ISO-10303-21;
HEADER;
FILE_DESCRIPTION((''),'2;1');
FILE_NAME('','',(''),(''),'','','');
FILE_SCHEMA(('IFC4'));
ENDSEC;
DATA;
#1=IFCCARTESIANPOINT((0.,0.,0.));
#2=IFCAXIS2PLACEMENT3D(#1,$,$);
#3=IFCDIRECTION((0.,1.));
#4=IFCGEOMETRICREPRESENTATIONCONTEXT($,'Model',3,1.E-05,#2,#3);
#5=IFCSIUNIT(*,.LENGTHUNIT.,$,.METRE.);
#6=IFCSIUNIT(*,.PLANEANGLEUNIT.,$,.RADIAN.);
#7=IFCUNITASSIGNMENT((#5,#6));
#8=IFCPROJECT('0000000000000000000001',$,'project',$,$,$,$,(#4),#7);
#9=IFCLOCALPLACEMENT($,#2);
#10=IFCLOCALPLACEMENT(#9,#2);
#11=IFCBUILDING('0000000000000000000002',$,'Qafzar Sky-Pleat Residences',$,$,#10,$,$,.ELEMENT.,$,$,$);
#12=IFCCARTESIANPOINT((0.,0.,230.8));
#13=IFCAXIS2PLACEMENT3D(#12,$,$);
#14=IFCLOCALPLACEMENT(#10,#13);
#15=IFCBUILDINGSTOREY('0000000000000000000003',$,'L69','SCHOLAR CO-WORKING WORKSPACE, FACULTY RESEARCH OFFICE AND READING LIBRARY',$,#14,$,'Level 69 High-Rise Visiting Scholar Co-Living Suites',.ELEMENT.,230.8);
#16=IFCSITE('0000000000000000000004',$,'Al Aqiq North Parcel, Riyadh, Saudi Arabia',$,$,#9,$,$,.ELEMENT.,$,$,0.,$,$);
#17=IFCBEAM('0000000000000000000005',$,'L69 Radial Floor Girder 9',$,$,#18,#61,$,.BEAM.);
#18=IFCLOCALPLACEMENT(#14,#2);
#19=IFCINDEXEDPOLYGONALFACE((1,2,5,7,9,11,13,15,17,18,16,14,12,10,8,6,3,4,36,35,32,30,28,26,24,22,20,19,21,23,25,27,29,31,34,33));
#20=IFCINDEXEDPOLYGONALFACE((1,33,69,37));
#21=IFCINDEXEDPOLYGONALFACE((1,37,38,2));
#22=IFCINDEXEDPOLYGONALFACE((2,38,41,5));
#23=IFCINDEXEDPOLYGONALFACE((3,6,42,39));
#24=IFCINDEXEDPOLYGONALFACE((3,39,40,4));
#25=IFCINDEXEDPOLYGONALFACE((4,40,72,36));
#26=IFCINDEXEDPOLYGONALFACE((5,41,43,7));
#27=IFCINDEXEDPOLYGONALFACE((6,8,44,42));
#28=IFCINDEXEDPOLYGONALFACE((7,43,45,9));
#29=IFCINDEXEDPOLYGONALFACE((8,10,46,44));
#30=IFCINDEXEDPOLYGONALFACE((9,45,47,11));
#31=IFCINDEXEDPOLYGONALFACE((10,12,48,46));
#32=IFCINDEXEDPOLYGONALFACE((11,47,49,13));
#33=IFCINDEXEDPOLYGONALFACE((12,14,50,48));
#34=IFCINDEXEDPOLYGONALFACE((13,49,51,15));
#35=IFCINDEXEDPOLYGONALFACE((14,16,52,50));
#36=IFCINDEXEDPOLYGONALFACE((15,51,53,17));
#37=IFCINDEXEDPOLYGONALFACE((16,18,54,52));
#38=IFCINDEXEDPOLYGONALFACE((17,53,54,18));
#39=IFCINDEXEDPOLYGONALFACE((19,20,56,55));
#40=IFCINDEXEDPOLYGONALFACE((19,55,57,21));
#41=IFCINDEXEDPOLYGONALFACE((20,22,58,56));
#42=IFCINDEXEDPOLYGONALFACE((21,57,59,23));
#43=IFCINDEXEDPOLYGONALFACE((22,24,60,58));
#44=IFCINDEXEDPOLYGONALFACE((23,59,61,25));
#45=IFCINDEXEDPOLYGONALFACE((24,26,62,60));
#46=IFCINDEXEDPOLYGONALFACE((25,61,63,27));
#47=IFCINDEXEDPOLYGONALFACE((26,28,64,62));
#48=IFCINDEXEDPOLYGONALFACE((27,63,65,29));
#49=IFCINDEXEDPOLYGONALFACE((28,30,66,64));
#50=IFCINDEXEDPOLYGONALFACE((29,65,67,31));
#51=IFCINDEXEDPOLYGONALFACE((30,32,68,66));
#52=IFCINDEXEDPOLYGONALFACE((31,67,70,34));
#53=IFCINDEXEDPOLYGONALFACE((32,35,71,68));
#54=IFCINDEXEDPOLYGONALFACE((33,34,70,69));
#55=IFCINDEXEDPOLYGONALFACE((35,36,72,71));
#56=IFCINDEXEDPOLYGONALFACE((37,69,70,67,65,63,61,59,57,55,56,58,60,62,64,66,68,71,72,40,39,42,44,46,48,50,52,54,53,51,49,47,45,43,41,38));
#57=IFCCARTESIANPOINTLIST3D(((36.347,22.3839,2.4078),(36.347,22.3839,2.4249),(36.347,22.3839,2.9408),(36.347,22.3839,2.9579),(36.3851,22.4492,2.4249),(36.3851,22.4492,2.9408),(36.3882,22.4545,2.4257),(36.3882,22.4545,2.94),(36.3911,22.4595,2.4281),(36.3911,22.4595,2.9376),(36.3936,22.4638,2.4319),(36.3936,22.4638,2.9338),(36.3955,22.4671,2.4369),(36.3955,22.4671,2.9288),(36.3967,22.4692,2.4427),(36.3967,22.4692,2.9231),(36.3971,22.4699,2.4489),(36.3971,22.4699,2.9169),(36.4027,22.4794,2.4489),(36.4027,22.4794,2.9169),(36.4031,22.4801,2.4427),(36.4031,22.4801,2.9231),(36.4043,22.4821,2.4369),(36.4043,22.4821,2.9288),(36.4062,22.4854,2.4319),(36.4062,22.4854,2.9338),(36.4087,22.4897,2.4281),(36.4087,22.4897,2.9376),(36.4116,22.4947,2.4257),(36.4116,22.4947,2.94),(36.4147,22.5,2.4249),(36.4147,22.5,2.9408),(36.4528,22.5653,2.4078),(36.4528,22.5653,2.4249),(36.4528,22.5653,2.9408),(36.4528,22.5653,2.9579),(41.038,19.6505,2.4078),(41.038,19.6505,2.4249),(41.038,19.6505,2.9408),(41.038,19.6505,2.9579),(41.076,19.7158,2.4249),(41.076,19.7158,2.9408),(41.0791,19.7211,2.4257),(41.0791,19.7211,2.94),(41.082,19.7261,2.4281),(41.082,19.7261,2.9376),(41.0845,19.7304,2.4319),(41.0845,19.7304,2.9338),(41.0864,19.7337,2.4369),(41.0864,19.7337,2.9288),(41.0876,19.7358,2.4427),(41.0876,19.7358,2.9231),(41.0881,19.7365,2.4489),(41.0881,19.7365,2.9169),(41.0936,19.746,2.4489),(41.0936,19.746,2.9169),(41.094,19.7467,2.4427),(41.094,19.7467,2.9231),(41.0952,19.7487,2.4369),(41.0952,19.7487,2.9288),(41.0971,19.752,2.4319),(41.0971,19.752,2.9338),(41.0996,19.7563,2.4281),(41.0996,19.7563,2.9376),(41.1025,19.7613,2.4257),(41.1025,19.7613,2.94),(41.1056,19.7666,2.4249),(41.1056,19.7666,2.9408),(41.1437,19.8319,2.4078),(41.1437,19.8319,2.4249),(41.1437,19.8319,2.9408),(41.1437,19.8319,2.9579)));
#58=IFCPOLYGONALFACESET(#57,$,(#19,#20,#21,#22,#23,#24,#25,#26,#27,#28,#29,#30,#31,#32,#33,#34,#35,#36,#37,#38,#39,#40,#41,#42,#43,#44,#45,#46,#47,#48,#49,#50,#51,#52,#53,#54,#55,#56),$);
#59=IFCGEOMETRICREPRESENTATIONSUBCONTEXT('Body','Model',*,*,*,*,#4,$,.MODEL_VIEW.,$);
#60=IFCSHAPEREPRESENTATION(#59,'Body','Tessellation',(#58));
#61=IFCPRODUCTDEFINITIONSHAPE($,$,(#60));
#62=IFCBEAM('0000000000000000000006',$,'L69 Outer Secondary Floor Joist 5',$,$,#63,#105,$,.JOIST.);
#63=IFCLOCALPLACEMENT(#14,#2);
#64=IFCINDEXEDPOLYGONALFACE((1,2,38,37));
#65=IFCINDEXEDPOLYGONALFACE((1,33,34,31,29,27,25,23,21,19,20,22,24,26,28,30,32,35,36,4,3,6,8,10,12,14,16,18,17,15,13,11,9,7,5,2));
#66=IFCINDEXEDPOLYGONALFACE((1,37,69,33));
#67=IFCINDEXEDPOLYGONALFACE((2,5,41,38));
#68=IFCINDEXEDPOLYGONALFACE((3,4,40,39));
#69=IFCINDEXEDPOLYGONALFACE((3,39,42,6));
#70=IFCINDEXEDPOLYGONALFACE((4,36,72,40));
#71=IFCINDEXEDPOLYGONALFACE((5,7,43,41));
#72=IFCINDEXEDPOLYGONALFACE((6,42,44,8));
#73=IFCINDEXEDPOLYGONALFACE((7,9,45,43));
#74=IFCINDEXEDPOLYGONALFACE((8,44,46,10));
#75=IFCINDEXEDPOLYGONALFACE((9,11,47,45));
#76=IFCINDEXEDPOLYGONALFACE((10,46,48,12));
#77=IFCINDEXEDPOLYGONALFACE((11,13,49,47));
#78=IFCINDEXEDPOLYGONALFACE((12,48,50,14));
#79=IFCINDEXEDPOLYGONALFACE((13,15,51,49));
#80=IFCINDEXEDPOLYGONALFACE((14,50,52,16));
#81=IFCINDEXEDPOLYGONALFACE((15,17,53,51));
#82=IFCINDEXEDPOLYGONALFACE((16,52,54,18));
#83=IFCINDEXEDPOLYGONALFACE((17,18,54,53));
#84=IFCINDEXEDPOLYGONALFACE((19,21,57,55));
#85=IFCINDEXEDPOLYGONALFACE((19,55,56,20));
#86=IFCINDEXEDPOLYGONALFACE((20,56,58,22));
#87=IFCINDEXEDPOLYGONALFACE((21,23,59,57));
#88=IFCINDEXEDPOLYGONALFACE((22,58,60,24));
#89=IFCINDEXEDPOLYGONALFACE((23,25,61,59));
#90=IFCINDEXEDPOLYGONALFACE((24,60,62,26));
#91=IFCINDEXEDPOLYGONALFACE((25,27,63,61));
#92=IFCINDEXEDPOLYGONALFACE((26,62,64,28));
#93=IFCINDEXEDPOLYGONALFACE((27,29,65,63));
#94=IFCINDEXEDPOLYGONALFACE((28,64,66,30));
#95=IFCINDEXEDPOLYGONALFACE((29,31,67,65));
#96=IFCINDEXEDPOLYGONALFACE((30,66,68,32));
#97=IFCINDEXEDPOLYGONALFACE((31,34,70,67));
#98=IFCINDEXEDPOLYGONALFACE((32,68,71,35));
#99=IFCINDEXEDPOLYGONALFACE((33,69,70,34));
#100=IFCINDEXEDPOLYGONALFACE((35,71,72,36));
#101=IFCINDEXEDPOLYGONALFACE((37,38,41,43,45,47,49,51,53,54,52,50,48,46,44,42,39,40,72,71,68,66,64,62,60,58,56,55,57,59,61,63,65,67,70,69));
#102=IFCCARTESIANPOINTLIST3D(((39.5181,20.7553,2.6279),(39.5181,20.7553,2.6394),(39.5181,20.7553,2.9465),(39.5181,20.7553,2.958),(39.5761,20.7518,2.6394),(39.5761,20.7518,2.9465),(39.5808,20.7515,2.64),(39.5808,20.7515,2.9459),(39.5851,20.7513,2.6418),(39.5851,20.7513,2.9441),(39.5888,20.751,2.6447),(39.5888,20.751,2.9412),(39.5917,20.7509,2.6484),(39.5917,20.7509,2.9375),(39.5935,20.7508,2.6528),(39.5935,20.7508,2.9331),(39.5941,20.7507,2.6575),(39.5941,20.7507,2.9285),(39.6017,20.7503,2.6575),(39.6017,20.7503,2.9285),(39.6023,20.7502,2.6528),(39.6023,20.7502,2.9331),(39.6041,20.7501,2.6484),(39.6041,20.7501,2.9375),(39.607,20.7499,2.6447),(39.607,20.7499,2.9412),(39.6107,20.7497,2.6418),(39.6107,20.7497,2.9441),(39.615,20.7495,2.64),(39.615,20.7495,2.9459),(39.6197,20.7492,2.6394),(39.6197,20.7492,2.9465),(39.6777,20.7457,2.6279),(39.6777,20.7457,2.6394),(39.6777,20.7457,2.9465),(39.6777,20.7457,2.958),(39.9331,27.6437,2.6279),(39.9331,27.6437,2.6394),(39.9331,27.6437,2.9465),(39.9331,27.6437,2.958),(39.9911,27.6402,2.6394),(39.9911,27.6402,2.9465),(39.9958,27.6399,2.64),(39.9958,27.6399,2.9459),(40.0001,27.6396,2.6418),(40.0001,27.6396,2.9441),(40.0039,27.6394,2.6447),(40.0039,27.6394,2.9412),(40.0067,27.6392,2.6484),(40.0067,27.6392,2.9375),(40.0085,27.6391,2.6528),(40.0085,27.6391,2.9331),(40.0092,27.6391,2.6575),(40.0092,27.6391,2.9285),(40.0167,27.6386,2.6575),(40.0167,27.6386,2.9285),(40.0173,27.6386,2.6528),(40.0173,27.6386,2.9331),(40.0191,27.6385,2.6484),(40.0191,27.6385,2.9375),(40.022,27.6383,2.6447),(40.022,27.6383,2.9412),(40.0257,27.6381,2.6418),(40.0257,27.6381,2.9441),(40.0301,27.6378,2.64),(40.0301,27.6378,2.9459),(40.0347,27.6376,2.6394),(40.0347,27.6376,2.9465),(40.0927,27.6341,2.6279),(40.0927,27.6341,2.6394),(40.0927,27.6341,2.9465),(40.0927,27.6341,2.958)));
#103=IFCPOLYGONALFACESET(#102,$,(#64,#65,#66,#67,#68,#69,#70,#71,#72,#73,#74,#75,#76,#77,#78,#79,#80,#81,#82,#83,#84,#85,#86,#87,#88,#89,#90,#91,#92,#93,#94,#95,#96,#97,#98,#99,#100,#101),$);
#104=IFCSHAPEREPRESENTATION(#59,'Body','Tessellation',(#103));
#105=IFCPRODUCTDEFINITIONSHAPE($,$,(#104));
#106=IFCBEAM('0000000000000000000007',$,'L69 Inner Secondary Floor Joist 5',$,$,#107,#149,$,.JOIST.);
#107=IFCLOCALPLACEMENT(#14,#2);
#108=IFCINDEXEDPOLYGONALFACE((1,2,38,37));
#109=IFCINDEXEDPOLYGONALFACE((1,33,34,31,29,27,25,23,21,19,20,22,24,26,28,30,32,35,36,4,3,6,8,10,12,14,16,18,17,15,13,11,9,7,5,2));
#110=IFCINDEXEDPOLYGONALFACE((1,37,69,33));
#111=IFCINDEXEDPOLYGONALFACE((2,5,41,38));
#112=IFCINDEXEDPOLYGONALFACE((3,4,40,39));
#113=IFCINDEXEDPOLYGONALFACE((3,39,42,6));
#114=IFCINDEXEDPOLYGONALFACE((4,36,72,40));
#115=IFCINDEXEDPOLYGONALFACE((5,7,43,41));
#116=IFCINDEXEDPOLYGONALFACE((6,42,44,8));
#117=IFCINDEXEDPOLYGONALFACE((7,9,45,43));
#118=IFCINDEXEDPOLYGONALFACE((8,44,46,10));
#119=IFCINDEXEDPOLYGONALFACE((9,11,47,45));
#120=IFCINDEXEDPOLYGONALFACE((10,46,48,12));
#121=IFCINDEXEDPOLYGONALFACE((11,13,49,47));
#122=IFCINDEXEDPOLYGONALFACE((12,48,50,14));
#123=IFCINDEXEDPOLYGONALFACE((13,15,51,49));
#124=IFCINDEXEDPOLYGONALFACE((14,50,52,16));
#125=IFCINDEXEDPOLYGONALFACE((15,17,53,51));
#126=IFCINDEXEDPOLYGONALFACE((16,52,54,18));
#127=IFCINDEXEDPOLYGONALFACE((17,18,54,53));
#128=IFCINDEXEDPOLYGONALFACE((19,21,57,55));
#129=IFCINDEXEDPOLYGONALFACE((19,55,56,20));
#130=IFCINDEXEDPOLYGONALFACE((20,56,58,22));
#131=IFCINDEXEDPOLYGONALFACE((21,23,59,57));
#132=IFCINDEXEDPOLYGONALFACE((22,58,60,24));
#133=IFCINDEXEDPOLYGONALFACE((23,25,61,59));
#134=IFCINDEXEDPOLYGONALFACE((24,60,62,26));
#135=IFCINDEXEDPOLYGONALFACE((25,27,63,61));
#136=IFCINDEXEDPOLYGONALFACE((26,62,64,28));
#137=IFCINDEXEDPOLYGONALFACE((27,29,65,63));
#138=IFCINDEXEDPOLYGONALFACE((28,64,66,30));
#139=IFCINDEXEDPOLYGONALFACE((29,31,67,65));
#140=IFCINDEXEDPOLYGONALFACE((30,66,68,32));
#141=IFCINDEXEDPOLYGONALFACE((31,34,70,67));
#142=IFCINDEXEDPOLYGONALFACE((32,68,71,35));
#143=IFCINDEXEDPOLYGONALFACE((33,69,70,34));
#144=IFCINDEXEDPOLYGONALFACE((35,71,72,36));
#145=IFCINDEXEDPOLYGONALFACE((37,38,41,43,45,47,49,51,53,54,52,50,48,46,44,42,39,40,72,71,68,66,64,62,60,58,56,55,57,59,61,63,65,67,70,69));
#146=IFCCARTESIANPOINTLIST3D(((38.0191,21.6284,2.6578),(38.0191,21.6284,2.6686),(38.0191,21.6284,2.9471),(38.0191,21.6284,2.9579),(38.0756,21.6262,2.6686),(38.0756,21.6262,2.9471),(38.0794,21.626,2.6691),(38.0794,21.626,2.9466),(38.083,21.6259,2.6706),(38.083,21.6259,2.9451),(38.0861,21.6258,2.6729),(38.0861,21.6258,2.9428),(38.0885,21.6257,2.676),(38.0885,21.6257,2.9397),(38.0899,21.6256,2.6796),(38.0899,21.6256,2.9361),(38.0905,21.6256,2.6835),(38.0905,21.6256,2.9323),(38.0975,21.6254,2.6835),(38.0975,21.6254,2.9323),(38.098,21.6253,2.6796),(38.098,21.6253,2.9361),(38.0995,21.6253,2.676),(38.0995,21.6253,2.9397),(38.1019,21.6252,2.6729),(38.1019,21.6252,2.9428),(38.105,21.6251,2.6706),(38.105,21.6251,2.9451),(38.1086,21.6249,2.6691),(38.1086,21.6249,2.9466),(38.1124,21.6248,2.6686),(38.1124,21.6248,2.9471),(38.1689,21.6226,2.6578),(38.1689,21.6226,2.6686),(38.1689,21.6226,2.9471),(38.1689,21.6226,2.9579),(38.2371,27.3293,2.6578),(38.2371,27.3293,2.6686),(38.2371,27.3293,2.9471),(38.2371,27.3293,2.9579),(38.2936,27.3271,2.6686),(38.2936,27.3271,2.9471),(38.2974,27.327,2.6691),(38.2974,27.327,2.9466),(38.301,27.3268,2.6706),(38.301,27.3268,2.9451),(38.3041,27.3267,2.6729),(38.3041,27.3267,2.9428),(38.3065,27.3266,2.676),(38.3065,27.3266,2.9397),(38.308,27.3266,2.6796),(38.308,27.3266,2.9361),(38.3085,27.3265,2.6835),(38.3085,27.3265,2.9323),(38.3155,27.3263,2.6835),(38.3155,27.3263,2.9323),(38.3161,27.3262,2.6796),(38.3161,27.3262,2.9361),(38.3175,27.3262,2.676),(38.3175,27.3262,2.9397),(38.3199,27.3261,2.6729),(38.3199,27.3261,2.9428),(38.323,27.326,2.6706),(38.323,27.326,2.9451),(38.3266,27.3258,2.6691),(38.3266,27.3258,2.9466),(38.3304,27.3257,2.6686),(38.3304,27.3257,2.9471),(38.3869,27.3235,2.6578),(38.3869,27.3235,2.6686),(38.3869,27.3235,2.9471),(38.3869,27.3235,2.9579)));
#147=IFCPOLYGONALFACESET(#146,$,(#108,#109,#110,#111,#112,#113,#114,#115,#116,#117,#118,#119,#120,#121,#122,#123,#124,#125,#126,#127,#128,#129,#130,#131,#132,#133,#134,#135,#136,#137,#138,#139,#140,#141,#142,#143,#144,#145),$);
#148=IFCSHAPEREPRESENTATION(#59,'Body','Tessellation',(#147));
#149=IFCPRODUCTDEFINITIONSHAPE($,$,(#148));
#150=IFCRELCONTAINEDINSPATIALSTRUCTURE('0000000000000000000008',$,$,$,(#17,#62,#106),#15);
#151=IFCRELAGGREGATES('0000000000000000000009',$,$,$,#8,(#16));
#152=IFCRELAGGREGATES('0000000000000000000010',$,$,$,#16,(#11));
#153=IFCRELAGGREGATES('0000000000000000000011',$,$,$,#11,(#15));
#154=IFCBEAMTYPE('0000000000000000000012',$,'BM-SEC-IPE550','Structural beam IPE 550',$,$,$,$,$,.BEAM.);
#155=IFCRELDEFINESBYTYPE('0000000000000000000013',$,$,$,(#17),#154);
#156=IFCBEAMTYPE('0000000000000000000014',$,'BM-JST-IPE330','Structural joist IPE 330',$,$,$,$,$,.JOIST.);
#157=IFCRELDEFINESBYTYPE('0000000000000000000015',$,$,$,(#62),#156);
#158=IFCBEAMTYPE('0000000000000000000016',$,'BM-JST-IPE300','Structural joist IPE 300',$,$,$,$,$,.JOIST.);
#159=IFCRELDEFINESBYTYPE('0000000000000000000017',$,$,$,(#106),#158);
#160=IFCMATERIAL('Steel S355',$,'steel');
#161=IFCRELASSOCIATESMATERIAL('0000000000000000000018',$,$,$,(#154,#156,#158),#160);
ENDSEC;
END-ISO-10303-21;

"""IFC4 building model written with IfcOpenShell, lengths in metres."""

from ifc_helpers import new_model, si_unit, direction, frame, origin, origin_2d, place, context, subcontext, project, spatial, i_section, extrude, source, transform, mapped, material, material_profile, profile_set, type_object, element, save


model = new_model("IFC4")

# Units and contexts
model_context = context("Model", 3, precision=1e-05, world=origin(), true_north=direction((0.0, 1.0)))
body_context = subcontext(model_context, "Body", "Model", "MODEL_VIEW")
ifc_project = project(units=[si_unit("LENGTHUNIT", "METRE"), si_unit("PLANEANGLEUNIT", "RADIAN")], contexts=[model_context])

# Site, building, storey
site_placement = place(None, origin())
site = spatial("IfcSite", under=ifc_project, at=site_placement, Name="Al Aqiq North Parcel, Riyadh, Saudi Arabia", CompositionType="ELEMENT", RefElevation=0.0)
building_placement = place(site_placement, origin())
building = spatial("IfcBuilding", under=site, at=building_placement, Name="Qafzar Sky-Pleat Residences", CompositionType="ELEMENT")
storey_placement = place(building_placement, frame((0.0, 0.0, 230.8)))
storey = spatial("IfcBuildingStorey", under=building, at=storey_placement, Name="L69", Description="SCHOLAR CO-WORKING WORKSPACE, FACULTY RESEARCH OFFICE AND READING LIBRARY", LongName="Level 69 High-Rise Visiting Scholar Co-Living Suites", CompositionType="ELEMENT", Elevation=230.8)

# Shared definitions
ifc_material_1 = material(Name="Steel S355", Category="steel")

# Beams
ifc_material_profile_1 = material_profile(ifc_material_1, i_section(OverallWidth=0.21, OverallDepth=0.55, WebThickness=0.011, FlangeThickness=0.0171, FilletRadius=0.0239, at=origin_2d()), Name="IPE 550")
ifc_profile_set_1 = profile_set([ifc_material_profile_1], Name="Steel S355")
beam_type_1 = type_object("IfcBeamType", Name="BM-SEC-IPE550", Description="Structural beam IPE 550", PredefinedType="BEAM", material=ifc_profile_set_1)
shared_shape_1 = source(origin(), body_context, "Body", "SweptSolid", [
    extrude(i_section(OverallWidth=0.21, OverallDepth=0.55, WebThickness=0.011, FlangeThickness=0.0171, FilletRadius=0.0239, at=origin_2d()), origin(), (0.0, 0.0, 1.0), 5.4292),
])
beam_1_placement = place(storey_placement, frame((41.0908, 19.7412, 2.6829), z_axis=(-0.864017, 0.503463, 0.0), x_axis=(-0.503463, -0.864017, 0.0)))
element("IfcBeam", 1, at=beam_1_placement, inside=storey, type_object=beam_type_1, Name="L69 Radial Floor Girder 9", PredefinedType="BEAM", context=body_context, shape_type="MappedRepresentation", body=[
    mapped(shared_shape_1, transform((0.0, 0.0, 0.0), x_axis=(1.0, 0.0, 0.0), y_axis=(0.0, 1.0, 0.0), z_axis=(0.0, 0.0, 1.0), scale=1.0)),
])
ifc_material_profile_2 = material_profile(ifc_material_1, i_section(OverallWidth=0.1599, OverallDepth=0.3301, WebThickness=0.0076, FlangeThickness=0.0115, FilletRadius=0.0181, at=origin_2d()), Name="IPE 330")
ifc_profile_set_2 = profile_set([ifc_material_profile_2], Name="Steel S355")
beam_type_2 = type_object("IfcBeamType", Name="BM-JST-IPE330", Description="Structural joist IPE 330", PredefinedType="JOIST", material=ifc_profile_set_2)
shared_shape_2 = source(origin(), body_context, "Body", "SweptSolid", [
    extrude(i_section(OverallWidth=0.1599, OverallDepth=0.3301, WebThickness=0.0076, FlangeThickness=0.0115, FilletRadius=0.0181, at=origin_2d()), origin(), (0.0, 0.0, 1.0), 6.9009),
])
beam_2_placement = place(storey_placement, frame((39.5979, 20.7505, 2.793), z_axis=(0.060143, 0.99819, 0.0), x_axis=(-0.99819, 0.060143, 0.0)))
element("IfcBeam", 2, at=beam_2_placement, inside=storey, type_object=beam_type_2, Name="L69 Outer Secondary Floor Joist 5", PredefinedType="JOIST", context=body_context, shape_type="MappedRepresentation", body=[
    mapped(shared_shape_2, transform((0.0, 0.0, 0.0), x_axis=(1.0, 0.0, 0.0), y_axis=(0.0, 1.0, 0.0), z_axis=(0.0, 0.0, 1.0), scale=1.0)),
])
ifc_material_profile_3 = material_profile(ifc_material_1, i_section(OverallWidth=0.1499, OverallDepth=0.3, WebThickness=0.0071, FlangeThickness=0.0107, FilletRadius=0.0149, at=origin_2d()), Name="IPE 300")
ifc_profile_set_3 = profile_set([ifc_material_profile_3], Name="Steel S355")
beam_type_3 = type_object("IfcBeamType", Name="BM-JST-IPE300", Description="Structural joist IPE 300", PredefinedType="JOIST", material=ifc_profile_set_3)
shared_shape_3 = source(origin(), body_context, "Body", "SweptSolid", [
    extrude(i_section(OverallWidth=0.1499, OverallDepth=0.3, WebThickness=0.0071, FlangeThickness=0.0107, FilletRadius=0.0149, at=origin_2d()), origin(), (0.0, 0.0, 1.0), 5.7051),
])
beam_3_placement = place(storey_placement, frame((38.094, 21.6255, 2.8079), z_axis=(0.038215, 0.99927, 0.0), x_axis=(-0.99927, 0.038215, 0.0)))
element("IfcBeam", 3, at=beam_3_placement, inside=storey, type_object=beam_type_3, Name="L69 Inner Secondary Floor Joist 5", PredefinedType="JOIST", context=body_context, shape_type="MappedRepresentation", body=[
    mapped(shared_shape_3, transform((0.0, 0.0, 0.0), x_axis=(1.0, 0.0, 0.0), y_axis=(0.0, 1.0, 0.0), z_axis=(0.0, 0.0, 1.0), scale=1.0)),
])

save(model, "model.ifc")
